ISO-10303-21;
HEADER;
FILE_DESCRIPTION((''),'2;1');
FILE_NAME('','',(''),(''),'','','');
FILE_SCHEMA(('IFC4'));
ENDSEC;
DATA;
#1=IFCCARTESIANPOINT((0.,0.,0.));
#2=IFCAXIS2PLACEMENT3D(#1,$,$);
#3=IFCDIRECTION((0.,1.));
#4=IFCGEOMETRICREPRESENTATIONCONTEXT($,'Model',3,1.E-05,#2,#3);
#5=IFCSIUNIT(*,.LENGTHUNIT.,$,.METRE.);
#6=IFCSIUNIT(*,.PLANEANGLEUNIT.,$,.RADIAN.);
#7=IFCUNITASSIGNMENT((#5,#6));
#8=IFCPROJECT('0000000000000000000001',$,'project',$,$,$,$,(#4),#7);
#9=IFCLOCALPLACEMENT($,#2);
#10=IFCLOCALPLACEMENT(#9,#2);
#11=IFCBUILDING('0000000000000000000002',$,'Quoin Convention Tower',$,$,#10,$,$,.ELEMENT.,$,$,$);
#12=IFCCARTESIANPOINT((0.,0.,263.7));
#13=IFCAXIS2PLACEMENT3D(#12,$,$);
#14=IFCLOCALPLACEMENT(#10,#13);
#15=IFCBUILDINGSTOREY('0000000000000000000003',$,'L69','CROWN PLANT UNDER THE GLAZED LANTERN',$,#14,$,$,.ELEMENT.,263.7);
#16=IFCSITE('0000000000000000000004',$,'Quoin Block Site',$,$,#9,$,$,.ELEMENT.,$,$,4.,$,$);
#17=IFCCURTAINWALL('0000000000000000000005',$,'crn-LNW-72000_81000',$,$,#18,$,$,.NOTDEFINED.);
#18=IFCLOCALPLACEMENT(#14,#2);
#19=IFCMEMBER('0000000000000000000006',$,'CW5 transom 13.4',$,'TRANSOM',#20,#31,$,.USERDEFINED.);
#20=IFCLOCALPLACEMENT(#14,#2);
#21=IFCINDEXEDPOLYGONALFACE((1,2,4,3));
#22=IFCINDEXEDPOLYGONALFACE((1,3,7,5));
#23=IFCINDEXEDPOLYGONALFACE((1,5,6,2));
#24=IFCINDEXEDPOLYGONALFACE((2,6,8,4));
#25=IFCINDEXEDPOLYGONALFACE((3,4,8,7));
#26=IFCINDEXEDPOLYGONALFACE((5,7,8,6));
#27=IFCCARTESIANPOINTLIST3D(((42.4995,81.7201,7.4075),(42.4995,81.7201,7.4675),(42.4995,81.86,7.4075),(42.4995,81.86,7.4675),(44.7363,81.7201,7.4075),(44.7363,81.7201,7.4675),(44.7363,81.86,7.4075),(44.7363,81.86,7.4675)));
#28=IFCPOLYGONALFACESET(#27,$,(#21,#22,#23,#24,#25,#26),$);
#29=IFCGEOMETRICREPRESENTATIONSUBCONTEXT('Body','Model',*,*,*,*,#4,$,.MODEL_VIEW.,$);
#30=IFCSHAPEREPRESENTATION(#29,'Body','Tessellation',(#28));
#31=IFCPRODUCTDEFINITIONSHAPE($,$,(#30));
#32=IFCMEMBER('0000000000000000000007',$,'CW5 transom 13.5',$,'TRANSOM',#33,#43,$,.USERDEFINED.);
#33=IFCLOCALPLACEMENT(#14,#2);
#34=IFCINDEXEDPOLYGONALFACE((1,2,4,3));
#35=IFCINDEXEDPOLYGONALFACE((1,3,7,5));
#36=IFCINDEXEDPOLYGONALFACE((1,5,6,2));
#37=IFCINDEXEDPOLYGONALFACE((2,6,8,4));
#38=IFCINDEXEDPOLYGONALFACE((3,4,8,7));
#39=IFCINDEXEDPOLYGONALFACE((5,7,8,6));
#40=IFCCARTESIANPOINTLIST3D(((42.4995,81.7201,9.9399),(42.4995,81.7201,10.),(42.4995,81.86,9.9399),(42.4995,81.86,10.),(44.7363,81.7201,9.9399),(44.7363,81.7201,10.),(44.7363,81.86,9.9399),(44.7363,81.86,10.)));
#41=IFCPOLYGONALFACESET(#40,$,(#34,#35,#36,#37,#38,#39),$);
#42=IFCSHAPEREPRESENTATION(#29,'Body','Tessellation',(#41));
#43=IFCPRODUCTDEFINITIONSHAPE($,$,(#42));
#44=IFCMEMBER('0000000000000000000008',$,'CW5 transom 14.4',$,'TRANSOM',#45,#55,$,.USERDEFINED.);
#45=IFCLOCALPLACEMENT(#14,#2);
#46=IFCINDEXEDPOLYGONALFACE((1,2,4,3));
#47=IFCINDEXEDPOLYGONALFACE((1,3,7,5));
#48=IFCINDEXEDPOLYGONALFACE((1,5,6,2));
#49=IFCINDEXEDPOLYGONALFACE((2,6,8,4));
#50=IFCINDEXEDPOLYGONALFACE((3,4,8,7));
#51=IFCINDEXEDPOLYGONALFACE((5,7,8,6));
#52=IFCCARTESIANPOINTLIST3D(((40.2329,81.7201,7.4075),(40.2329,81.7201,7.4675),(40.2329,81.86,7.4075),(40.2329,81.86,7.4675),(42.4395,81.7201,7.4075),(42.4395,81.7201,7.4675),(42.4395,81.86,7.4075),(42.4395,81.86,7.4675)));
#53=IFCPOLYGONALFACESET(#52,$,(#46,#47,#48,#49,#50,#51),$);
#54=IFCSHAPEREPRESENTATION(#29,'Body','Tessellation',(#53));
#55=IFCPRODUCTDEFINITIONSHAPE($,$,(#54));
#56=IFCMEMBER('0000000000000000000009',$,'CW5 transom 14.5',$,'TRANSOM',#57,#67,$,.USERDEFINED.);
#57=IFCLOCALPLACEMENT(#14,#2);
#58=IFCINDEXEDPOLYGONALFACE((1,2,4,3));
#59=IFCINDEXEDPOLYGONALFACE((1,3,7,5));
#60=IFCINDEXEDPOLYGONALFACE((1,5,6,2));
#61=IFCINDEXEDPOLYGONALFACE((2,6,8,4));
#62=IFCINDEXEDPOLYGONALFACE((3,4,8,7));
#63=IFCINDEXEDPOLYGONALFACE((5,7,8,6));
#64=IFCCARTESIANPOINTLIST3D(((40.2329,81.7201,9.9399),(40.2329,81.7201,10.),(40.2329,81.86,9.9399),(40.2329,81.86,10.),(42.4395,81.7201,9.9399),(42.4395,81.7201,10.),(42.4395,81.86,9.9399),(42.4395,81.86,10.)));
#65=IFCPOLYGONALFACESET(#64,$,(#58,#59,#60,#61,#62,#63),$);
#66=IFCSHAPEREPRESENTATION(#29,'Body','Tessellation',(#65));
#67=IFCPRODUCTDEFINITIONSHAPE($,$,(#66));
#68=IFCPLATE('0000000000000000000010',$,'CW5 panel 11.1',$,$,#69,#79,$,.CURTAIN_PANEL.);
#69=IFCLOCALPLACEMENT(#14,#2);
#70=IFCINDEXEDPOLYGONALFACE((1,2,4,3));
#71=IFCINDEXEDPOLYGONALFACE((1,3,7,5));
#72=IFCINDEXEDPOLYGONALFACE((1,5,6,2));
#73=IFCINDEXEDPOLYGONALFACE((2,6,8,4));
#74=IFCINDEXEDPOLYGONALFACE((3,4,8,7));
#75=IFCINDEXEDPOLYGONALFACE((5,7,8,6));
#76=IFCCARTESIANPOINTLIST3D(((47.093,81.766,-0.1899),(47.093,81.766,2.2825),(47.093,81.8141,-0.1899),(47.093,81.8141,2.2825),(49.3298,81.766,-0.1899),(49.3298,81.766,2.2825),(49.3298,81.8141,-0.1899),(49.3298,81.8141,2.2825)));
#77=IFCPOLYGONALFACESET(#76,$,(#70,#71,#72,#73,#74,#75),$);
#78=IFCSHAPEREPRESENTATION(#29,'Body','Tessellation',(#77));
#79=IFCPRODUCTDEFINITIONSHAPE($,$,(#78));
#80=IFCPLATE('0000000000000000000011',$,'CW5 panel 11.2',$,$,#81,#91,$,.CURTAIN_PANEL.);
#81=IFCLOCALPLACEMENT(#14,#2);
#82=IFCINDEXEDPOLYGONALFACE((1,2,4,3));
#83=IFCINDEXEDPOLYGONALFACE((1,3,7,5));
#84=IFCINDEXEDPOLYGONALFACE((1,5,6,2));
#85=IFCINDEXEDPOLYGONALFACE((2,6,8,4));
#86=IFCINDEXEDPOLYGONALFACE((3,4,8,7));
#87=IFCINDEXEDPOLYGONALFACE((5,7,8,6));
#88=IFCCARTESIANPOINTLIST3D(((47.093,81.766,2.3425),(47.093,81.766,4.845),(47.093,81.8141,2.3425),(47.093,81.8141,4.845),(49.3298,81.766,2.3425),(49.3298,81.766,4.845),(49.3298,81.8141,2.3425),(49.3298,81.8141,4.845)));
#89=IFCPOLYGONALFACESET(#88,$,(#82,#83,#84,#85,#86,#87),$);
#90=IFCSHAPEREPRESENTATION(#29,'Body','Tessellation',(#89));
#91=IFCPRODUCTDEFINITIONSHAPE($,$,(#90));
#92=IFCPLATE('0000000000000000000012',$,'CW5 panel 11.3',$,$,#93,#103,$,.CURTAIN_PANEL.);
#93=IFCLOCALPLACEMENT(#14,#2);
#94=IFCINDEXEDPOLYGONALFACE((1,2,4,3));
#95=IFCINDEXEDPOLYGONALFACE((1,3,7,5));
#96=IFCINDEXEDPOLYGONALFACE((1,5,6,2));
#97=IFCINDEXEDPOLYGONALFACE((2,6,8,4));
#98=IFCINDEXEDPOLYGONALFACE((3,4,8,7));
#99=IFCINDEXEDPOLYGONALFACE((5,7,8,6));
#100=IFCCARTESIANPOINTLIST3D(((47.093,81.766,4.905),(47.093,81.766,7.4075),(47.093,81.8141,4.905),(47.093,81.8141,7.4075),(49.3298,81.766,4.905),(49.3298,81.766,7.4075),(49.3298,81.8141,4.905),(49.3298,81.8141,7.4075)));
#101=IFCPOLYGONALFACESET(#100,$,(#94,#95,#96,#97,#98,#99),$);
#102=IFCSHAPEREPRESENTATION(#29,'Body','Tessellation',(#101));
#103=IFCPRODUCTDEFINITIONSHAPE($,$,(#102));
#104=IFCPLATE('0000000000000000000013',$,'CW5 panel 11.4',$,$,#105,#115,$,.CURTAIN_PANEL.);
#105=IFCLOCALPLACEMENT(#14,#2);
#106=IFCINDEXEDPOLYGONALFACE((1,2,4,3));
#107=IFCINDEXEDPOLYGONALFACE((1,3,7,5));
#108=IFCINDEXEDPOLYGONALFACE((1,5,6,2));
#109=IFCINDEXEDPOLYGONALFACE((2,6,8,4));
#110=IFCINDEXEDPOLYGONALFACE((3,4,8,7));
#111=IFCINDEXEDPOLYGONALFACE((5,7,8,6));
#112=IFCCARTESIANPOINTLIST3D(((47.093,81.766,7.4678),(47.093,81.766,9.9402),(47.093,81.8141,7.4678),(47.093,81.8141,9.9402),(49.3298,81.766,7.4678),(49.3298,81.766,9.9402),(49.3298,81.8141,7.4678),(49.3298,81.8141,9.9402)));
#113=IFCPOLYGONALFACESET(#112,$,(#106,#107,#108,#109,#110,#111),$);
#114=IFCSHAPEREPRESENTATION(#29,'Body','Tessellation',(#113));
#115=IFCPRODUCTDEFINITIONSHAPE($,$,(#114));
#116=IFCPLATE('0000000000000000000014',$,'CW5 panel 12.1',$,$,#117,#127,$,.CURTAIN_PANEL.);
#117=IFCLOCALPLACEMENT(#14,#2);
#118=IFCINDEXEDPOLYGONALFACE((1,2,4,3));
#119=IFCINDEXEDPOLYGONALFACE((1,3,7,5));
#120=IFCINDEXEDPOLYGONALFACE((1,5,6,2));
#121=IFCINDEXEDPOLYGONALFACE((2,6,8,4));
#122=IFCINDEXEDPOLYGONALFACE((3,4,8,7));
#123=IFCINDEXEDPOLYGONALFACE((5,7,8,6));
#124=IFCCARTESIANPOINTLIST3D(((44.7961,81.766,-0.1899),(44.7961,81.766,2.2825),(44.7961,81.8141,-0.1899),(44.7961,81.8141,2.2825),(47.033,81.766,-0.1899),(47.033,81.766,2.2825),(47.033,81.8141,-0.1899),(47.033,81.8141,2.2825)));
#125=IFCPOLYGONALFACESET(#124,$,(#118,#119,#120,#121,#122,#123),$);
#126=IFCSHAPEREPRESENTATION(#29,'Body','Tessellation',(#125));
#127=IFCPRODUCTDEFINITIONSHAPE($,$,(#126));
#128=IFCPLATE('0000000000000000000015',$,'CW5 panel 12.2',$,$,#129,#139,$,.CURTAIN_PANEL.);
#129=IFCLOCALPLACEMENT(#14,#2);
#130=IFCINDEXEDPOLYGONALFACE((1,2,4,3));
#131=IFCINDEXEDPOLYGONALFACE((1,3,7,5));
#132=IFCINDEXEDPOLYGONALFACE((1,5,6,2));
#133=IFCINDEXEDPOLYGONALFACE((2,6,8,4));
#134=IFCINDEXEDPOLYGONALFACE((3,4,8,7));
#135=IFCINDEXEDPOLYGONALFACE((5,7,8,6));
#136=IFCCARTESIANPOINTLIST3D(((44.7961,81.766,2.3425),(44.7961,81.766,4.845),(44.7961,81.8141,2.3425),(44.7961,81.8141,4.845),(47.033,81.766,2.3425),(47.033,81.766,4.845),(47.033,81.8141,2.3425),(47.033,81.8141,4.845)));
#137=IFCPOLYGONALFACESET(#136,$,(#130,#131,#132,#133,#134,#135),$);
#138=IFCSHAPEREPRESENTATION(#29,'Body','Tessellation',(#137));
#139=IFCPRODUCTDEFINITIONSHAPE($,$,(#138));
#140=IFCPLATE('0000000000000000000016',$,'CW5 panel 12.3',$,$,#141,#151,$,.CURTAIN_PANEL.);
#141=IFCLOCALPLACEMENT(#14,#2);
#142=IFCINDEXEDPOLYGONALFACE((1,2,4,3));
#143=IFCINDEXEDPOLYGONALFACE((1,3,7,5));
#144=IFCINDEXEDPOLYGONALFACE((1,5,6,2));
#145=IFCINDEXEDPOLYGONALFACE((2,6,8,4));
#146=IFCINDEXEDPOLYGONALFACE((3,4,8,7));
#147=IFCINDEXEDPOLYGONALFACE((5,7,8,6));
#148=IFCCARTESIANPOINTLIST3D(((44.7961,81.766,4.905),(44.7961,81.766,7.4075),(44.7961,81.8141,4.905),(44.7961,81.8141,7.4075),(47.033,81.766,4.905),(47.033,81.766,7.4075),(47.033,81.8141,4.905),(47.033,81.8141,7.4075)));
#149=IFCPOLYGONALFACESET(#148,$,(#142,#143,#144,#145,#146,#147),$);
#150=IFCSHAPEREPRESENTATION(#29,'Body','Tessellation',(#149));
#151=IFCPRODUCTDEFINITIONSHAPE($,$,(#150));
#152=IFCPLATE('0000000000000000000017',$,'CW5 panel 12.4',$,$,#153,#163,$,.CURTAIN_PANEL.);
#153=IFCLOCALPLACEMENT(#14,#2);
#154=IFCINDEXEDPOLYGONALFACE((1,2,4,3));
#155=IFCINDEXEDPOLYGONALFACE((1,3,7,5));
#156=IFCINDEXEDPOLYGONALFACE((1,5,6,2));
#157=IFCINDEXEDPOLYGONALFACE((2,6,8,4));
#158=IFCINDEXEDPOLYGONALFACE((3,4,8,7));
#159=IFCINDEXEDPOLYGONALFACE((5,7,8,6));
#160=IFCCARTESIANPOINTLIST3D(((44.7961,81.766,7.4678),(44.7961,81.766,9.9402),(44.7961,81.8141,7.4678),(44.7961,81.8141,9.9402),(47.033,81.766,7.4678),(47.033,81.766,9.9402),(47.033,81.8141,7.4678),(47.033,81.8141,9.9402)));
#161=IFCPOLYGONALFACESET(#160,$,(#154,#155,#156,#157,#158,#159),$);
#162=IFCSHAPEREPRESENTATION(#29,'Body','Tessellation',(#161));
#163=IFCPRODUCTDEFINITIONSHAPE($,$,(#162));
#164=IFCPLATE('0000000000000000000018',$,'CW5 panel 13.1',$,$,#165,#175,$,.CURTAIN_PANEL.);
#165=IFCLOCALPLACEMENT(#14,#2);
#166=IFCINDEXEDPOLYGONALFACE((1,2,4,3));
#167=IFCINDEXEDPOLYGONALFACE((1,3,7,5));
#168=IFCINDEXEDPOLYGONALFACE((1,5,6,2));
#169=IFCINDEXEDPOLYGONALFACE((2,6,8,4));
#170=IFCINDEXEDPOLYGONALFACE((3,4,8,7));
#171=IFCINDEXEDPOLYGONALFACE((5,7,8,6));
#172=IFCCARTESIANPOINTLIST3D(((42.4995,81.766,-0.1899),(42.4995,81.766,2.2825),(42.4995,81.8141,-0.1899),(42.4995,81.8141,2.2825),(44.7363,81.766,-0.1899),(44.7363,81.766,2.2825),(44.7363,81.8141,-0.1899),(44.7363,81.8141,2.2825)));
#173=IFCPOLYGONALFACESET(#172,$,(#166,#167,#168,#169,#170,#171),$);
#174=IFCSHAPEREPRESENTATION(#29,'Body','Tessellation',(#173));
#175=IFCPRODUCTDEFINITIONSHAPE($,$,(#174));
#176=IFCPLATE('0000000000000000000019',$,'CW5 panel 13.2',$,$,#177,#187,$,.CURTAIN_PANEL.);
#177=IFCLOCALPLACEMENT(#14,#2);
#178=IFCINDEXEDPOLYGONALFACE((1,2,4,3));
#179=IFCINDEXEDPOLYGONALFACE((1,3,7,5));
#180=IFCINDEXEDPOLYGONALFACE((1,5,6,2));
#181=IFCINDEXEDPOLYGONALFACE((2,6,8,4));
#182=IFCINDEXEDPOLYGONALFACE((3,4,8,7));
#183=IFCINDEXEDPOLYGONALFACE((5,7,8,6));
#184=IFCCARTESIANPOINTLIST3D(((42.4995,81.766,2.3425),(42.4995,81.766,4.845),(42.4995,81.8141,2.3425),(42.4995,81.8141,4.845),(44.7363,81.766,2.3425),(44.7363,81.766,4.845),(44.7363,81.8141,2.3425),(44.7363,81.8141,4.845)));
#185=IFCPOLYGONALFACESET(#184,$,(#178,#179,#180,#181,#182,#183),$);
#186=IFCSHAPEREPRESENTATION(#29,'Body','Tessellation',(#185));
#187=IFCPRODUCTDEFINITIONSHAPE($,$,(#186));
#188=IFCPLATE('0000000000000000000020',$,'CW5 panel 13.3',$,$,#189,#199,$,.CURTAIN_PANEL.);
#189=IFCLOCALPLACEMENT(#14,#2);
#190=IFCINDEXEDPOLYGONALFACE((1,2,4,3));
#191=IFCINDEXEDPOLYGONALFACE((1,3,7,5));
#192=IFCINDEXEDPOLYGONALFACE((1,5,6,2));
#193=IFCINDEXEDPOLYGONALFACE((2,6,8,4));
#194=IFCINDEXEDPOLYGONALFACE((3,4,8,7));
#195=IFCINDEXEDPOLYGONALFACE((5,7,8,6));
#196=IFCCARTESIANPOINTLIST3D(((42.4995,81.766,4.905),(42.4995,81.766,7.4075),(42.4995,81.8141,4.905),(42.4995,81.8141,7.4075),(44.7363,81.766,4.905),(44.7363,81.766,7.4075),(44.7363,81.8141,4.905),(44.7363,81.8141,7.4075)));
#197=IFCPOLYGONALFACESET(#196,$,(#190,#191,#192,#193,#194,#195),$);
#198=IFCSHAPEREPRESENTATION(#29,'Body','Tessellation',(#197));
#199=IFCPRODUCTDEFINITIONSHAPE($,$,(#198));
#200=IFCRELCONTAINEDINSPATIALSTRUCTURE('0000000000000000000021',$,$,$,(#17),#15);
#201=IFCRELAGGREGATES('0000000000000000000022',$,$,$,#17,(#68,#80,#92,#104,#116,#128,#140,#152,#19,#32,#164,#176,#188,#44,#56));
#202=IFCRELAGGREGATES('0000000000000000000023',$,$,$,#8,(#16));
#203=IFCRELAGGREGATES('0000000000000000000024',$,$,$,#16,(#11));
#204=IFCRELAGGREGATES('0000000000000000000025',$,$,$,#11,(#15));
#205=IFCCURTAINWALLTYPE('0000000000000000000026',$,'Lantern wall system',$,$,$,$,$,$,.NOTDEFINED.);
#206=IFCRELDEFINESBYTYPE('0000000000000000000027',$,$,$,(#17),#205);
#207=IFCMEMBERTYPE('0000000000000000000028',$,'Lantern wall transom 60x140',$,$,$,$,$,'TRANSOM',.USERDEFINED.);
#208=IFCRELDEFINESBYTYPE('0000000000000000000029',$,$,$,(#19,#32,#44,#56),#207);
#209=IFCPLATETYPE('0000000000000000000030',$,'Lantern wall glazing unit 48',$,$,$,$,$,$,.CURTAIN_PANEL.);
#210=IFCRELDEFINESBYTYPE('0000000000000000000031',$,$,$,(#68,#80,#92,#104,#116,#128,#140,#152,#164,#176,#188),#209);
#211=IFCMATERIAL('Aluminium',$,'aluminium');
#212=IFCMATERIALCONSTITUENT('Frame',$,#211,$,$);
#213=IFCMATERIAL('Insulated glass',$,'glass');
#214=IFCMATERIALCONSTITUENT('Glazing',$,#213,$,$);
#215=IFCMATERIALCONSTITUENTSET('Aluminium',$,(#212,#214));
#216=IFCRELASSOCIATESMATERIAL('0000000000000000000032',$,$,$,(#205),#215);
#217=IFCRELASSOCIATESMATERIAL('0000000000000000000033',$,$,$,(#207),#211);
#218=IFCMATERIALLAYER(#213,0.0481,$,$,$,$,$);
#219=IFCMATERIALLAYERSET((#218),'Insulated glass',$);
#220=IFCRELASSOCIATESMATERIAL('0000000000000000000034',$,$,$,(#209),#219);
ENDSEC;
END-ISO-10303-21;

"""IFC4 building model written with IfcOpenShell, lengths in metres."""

from ifc_helpers import new_model, si_unit, direction, frame, origin, origin_2d, place, context, subcontext, project, spatial, rectangle, extrude, material, layer, layer_set, constituent, constituent_set, material_profile, profile_set, type_object, element, aggregate, save


model = new_model("IFC4")

# Units and contexts
model_context = context("Model", 3, precision=1e-05, world=origin(), true_north=direction((0.0, 1.0)))
body_context = subcontext(model_context, "Body", "Model", "MODEL_VIEW")
ifc_project = project(units=[si_unit("LENGTHUNIT", "METRE"), si_unit("PLANEANGLEUNIT", "RADIAN")], contexts=[model_context])

# Site, building, storey
site_placement = place(None, origin())
site = spatial("IfcSite", under=ifc_project, at=site_placement, Name="Quoin Block Site", CompositionType="ELEMENT", RefElevation=4.0)
building_placement = place(site_placement, origin())
building = spatial("IfcBuilding", under=site, at=building_placement, Name="Quoin Convention Tower", CompositionType="ELEMENT")
storey_placement = place(building_placement, frame((0.0, 0.0, 263.7)))
storey = spatial("IfcBuildingStorey", under=building, at=storey_placement, Name="L69", Description="CROWN PLANT UNDER THE GLAZED LANTERN", CompositionType="ELEMENT", Elevation=263.7)

# Curtain wall, members, plates
ifc_material_1 = material(Name="Aluminium", Category="aluminium")
ifc_constituent_1 = constituent(ifc_material_1, Name="Frame")
ifc_material_2 = material(Name="Insulated glass", Category="glass")
ifc_constituent_2 = constituent(ifc_material_2, Name="Glazing")
ifc_constituent_set = constituent_set(constituents=[ifc_constituent_1, ifc_constituent_2], Name="Aluminium")
curtain_wall_type = type_object("IfcCurtainWallType", Name="Lantern wall system", PredefinedType="NOTDEFINED", material=ifc_constituent_set)
curtain_wall_placement = place(storey_placement, origin())
curtain_wall = element("IfcCurtainWall", 1, at=curtain_wall_placement, inside=storey, type_object=curtain_wall_type, Name="crn-LNW-72000_81000", PredefinedType="NOTDEFINED")
ifc_material_profile_1 = material_profile(ifc_material_1, rectangle(XDim=0.1399, YDim=0.0601, at=origin_2d()), Name="Lantern wall transom 60x140")
ifc_profile_set_1 = profile_set([ifc_material_profile_1], Name="Aluminium")
member_type_1 = type_object("IfcMemberType", Name="Lantern wall transom 60x140", ElementType="TRANSOM", PredefinedType="USERDEFINED", material=ifc_profile_set_1)
member_1_placement = place(storey_placement, frame((44.7363, 81.79, 7.4375), z_axis=(-1.0, 0.0, 0.0), x_axis=(0.0, -1.0, 0.0)))
member_1 = element("IfcMember", 2, at=member_1_placement, type_object=member_type_1, Name="CW5 transom 13.4", ObjectType="TRANSOM", PredefinedType="USERDEFINED", context=body_context, shape_type="SweptSolid", body=[
    extrude(rectangle(XDim=0.1399, YDim=0.0601, at=origin_2d()), origin(), (0.0, 0.0, 1.0), 2.2368),
])
member_2_placement = place(storey_placement, frame((44.7363, 81.79, 9.97), z_axis=(-1.0, 0.0, 0.0), x_axis=(0.0, -1.0, 0.0)))
member_2 = element("IfcMember", 3, at=member_2_placement, type_object=member_type_1, Name="CW5 transom 13.5", ObjectType="TRANSOM", PredefinedType="USERDEFINED", context=body_context, shape_type="SweptSolid", body=[
    extrude(rectangle(XDim=0.1399, YDim=0.0601, at=origin_2d()), origin(), (0.0, 0.0, 1.0), 2.2368),
])
member_3_placement = place(storey_placement, frame((42.4395, 81.79, 7.4375), z_axis=(-1.0, 0.0, 0.0), x_axis=(0.0, -1.0, 0.0)))
member_3 = element("IfcMember", 4, at=member_3_placement, type_object=member_type_1, Name="CW5 transom 14.4", ObjectType="TRANSOM", PredefinedType="USERDEFINED", context=body_context, shape_type="SweptSolid", body=[
    extrude(rectangle(XDim=0.1399, YDim=0.0601, at=origin_2d()), origin(), (0.0, 0.0, 1.0), 2.2065),
])
member_4_placement = place(storey_placement, frame((42.4395, 81.79, 9.97), z_axis=(-1.0, 0.0, 0.0), x_axis=(0.0, -1.0, 0.0)))
member_4 = element("IfcMember", 5, at=member_4_placement, type_object=member_type_1, Name="CW5 transom 14.5", ObjectType="TRANSOM", PredefinedType="USERDEFINED", context=body_context, shape_type="SweptSolid", body=[
    extrude(rectangle(XDim=0.1399, YDim=0.0601, at=origin_2d()), origin(), (0.0, 0.0, 1.0), 2.2065),
])
ifc_layer = layer(ifc_material_2, 0.0481)
ifc_layer_set = layer_set([ifc_layer], Name="Insulated glass")
plate_type = type_object("IfcPlateType", Name="Lantern wall glazing unit 48", PredefinedType="CURTAIN_PANEL", material=ifc_layer_set)
plate_1_placement = place(storey_placement, frame((48.2114, 81.79, -0.1899), z_axis=(0.0, 0.0, 1.0), x_axis=(-1.0, 0.0, 0.0)))
plate_1 = element("IfcPlate", 6, at=plate_1_placement, type_object=plate_type, Name="CW5 panel 11.1", PredefinedType="CURTAIN_PANEL", context=body_context, shape_type="SweptSolid", body=[
    extrude(rectangle(XDim=2.2368, YDim=0.0481, at=origin_2d()), origin(), (0.0, 0.0, 1.0), 2.4724),
])
plate_2_placement = place(storey_placement, frame((48.2114, 81.79, 2.3425), z_axis=(0.0, 0.0, 1.0), x_axis=(-1.0, 0.0, 0.0)))
plate_2 = element("IfcPlate", 7, at=plate_2_placement, type_object=plate_type, Name="CW5 panel 11.2", PredefinedType="CURTAIN_PANEL", context=body_context, shape_type="SweptSolid", body=[
    extrude(rectangle(XDim=2.2368, YDim=0.0481, at=origin_2d()), origin(), (0.0, 0.0, 1.0), 2.5024),
])
plate_3_placement = place(storey_placement, frame((48.2114, 81.79, 4.905), z_axis=(0.0, 0.0, 1.0), x_axis=(-1.0, 0.0, 0.0)))
plate_3 = element("IfcPlate", 8, at=plate_3_placement, type_object=plate_type, Name="CW5 panel 11.3", PredefinedType="CURTAIN_PANEL", context=body_context, shape_type="SweptSolid", body=[
    extrude(rectangle(XDim=2.2368, YDim=0.0481, at=origin_2d()), origin(), (0.0, 0.0, 1.0), 2.5024),
])
plate_4_placement = place(storey_placement, frame((48.2114, 81.79, 7.4678), z_axis=(0.0, 0.0, 1.0), x_axis=(-1.0, 0.0, 0.0)))
plate_4 = element("IfcPlate", 9, at=plate_4_placement, type_object=plate_type, Name="CW5 panel 11.4", PredefinedType="CURTAIN_PANEL", context=body_context, shape_type="SweptSolid", body=[
    extrude(rectangle(XDim=2.2368, YDim=0.0481, at=origin_2d()), origin(), (0.0, 0.0, 1.0), 2.4724),
])
plate_5_placement = place(storey_placement, frame((45.9146, 81.79, -0.1899), z_axis=(0.0, 0.0, 1.0), x_axis=(-1.0, 0.0, 0.0)))
plate_5 = element("IfcPlate", 10, at=plate_5_placement, type_object=plate_type, Name="CW5 panel 12.1", PredefinedType="CURTAIN_PANEL", context=body_context, shape_type="SweptSolid", body=[
    extrude(rectangle(XDim=2.2368, YDim=0.0481, at=origin_2d()), origin(), (0.0, 0.0, 1.0), 2.4724),
])
plate_6_placement = place(storey_placement, frame((45.9146, 81.79, 2.3425), z_axis=(0.0, 0.0, 1.0), x_axis=(-1.0, 0.0, 0.0)))
plate_6 = element("IfcPlate", 11, at=plate_6_placement, type_object=plate_type, Name="CW5 panel 12.2", PredefinedType="CURTAIN_PANEL", context=body_context, shape_type="SweptSolid", body=[
    extrude(rectangle(XDim=2.2368, YDim=0.0481, at=origin_2d()), origin(), (0.0, 0.0, 1.0), 2.5024),
])
plate_7_placement = place(storey_placement, frame((45.9146, 81.79, 4.905), z_axis=(0.0, 0.0, 1.0), x_axis=(-1.0, 0.0, 0.0)))
plate_7 = element("IfcPlate", 12, at=plate_7_placement, type_object=plate_type, Name="CW5 panel 12.3", PredefinedType="CURTAIN_PANEL", context=body_context, shape_type="SweptSolid", body=[
    extrude(rectangle(XDim=2.2368, YDim=0.0481, at=origin_2d()), origin(), (0.0, 0.0, 1.0), 2.5024),
])
plate_8_placement = place(storey_placement, frame((45.9146, 81.79, 7.4678), z_axis=(0.0, 0.0, 1.0), x_axis=(-1.0, 0.0, 0.0)))
plate_8 = element("IfcPlate", 13, at=plate_8_placement, type_object=plate_type, Name="CW5 panel 12.4", PredefinedType="CURTAIN_PANEL", context=body_context, shape_type="SweptSolid", body=[
    extrude(rectangle(XDim=2.2368, YDim=0.0481, at=origin_2d()), origin(), (0.0, 0.0, 1.0), 2.4724),
])
plate_9_placement = place(storey_placement, frame((43.6179, 81.79, -0.1899), z_axis=(0.0, 0.0, 1.0), x_axis=(-1.0, 0.0, 0.0)))
plate_9 = element("IfcPlate", 14, at=plate_9_placement, type_object=plate_type, Name="CW5 panel 13.1", PredefinedType="CURTAIN_PANEL", context=body_context, shape_type="SweptSolid", body=[
    extrude(rectangle(XDim=2.2368, YDim=0.0481, at=origin_2d()), origin(), (0.0, 0.0, 1.0), 2.4724),
])
plate_10_placement = place(storey_placement, frame((43.6179, 81.79, 2.3425), z_axis=(0.0, 0.0, 1.0), x_axis=(-1.0, 0.0, 0.0)))
plate_10 = element("IfcPlate", 15, at=plate_10_placement, type_object=plate_type, Name="CW5 panel 13.2", PredefinedType="CURTAIN_PANEL", context=body_context, shape_type="SweptSolid", body=[
    extrude(rectangle(XDim=2.2368, YDim=0.0481, at=origin_2d()), origin(), (0.0, 0.0, 1.0), 2.5024),
])
plate_11_placement = place(storey_placement, frame((43.6179, 81.79, 4.905), z_axis=(0.0, 0.0, 1.0), x_axis=(-1.0, 0.0, 0.0)))
plate_11 = element("IfcPlate", 16, at=plate_11_placement, type_object=plate_type, Name="CW5 panel 13.3", PredefinedType="CURTAIN_PANEL", context=body_context, shape_type="SweptSolid", body=[
    extrude(rectangle(XDim=2.2368, YDim=0.0481, at=origin_2d()), origin(), (0.0, 0.0, 1.0), 2.5024),
])
aggregate(curtain_wall, [plate_1, plate_2, plate_3, plate_4, plate_5, plate_6, plate_7, plate_8, member_1, member_2, plate_9, plate_10, plate_11, member_3, member_4])

save(model, "model.ifc")
